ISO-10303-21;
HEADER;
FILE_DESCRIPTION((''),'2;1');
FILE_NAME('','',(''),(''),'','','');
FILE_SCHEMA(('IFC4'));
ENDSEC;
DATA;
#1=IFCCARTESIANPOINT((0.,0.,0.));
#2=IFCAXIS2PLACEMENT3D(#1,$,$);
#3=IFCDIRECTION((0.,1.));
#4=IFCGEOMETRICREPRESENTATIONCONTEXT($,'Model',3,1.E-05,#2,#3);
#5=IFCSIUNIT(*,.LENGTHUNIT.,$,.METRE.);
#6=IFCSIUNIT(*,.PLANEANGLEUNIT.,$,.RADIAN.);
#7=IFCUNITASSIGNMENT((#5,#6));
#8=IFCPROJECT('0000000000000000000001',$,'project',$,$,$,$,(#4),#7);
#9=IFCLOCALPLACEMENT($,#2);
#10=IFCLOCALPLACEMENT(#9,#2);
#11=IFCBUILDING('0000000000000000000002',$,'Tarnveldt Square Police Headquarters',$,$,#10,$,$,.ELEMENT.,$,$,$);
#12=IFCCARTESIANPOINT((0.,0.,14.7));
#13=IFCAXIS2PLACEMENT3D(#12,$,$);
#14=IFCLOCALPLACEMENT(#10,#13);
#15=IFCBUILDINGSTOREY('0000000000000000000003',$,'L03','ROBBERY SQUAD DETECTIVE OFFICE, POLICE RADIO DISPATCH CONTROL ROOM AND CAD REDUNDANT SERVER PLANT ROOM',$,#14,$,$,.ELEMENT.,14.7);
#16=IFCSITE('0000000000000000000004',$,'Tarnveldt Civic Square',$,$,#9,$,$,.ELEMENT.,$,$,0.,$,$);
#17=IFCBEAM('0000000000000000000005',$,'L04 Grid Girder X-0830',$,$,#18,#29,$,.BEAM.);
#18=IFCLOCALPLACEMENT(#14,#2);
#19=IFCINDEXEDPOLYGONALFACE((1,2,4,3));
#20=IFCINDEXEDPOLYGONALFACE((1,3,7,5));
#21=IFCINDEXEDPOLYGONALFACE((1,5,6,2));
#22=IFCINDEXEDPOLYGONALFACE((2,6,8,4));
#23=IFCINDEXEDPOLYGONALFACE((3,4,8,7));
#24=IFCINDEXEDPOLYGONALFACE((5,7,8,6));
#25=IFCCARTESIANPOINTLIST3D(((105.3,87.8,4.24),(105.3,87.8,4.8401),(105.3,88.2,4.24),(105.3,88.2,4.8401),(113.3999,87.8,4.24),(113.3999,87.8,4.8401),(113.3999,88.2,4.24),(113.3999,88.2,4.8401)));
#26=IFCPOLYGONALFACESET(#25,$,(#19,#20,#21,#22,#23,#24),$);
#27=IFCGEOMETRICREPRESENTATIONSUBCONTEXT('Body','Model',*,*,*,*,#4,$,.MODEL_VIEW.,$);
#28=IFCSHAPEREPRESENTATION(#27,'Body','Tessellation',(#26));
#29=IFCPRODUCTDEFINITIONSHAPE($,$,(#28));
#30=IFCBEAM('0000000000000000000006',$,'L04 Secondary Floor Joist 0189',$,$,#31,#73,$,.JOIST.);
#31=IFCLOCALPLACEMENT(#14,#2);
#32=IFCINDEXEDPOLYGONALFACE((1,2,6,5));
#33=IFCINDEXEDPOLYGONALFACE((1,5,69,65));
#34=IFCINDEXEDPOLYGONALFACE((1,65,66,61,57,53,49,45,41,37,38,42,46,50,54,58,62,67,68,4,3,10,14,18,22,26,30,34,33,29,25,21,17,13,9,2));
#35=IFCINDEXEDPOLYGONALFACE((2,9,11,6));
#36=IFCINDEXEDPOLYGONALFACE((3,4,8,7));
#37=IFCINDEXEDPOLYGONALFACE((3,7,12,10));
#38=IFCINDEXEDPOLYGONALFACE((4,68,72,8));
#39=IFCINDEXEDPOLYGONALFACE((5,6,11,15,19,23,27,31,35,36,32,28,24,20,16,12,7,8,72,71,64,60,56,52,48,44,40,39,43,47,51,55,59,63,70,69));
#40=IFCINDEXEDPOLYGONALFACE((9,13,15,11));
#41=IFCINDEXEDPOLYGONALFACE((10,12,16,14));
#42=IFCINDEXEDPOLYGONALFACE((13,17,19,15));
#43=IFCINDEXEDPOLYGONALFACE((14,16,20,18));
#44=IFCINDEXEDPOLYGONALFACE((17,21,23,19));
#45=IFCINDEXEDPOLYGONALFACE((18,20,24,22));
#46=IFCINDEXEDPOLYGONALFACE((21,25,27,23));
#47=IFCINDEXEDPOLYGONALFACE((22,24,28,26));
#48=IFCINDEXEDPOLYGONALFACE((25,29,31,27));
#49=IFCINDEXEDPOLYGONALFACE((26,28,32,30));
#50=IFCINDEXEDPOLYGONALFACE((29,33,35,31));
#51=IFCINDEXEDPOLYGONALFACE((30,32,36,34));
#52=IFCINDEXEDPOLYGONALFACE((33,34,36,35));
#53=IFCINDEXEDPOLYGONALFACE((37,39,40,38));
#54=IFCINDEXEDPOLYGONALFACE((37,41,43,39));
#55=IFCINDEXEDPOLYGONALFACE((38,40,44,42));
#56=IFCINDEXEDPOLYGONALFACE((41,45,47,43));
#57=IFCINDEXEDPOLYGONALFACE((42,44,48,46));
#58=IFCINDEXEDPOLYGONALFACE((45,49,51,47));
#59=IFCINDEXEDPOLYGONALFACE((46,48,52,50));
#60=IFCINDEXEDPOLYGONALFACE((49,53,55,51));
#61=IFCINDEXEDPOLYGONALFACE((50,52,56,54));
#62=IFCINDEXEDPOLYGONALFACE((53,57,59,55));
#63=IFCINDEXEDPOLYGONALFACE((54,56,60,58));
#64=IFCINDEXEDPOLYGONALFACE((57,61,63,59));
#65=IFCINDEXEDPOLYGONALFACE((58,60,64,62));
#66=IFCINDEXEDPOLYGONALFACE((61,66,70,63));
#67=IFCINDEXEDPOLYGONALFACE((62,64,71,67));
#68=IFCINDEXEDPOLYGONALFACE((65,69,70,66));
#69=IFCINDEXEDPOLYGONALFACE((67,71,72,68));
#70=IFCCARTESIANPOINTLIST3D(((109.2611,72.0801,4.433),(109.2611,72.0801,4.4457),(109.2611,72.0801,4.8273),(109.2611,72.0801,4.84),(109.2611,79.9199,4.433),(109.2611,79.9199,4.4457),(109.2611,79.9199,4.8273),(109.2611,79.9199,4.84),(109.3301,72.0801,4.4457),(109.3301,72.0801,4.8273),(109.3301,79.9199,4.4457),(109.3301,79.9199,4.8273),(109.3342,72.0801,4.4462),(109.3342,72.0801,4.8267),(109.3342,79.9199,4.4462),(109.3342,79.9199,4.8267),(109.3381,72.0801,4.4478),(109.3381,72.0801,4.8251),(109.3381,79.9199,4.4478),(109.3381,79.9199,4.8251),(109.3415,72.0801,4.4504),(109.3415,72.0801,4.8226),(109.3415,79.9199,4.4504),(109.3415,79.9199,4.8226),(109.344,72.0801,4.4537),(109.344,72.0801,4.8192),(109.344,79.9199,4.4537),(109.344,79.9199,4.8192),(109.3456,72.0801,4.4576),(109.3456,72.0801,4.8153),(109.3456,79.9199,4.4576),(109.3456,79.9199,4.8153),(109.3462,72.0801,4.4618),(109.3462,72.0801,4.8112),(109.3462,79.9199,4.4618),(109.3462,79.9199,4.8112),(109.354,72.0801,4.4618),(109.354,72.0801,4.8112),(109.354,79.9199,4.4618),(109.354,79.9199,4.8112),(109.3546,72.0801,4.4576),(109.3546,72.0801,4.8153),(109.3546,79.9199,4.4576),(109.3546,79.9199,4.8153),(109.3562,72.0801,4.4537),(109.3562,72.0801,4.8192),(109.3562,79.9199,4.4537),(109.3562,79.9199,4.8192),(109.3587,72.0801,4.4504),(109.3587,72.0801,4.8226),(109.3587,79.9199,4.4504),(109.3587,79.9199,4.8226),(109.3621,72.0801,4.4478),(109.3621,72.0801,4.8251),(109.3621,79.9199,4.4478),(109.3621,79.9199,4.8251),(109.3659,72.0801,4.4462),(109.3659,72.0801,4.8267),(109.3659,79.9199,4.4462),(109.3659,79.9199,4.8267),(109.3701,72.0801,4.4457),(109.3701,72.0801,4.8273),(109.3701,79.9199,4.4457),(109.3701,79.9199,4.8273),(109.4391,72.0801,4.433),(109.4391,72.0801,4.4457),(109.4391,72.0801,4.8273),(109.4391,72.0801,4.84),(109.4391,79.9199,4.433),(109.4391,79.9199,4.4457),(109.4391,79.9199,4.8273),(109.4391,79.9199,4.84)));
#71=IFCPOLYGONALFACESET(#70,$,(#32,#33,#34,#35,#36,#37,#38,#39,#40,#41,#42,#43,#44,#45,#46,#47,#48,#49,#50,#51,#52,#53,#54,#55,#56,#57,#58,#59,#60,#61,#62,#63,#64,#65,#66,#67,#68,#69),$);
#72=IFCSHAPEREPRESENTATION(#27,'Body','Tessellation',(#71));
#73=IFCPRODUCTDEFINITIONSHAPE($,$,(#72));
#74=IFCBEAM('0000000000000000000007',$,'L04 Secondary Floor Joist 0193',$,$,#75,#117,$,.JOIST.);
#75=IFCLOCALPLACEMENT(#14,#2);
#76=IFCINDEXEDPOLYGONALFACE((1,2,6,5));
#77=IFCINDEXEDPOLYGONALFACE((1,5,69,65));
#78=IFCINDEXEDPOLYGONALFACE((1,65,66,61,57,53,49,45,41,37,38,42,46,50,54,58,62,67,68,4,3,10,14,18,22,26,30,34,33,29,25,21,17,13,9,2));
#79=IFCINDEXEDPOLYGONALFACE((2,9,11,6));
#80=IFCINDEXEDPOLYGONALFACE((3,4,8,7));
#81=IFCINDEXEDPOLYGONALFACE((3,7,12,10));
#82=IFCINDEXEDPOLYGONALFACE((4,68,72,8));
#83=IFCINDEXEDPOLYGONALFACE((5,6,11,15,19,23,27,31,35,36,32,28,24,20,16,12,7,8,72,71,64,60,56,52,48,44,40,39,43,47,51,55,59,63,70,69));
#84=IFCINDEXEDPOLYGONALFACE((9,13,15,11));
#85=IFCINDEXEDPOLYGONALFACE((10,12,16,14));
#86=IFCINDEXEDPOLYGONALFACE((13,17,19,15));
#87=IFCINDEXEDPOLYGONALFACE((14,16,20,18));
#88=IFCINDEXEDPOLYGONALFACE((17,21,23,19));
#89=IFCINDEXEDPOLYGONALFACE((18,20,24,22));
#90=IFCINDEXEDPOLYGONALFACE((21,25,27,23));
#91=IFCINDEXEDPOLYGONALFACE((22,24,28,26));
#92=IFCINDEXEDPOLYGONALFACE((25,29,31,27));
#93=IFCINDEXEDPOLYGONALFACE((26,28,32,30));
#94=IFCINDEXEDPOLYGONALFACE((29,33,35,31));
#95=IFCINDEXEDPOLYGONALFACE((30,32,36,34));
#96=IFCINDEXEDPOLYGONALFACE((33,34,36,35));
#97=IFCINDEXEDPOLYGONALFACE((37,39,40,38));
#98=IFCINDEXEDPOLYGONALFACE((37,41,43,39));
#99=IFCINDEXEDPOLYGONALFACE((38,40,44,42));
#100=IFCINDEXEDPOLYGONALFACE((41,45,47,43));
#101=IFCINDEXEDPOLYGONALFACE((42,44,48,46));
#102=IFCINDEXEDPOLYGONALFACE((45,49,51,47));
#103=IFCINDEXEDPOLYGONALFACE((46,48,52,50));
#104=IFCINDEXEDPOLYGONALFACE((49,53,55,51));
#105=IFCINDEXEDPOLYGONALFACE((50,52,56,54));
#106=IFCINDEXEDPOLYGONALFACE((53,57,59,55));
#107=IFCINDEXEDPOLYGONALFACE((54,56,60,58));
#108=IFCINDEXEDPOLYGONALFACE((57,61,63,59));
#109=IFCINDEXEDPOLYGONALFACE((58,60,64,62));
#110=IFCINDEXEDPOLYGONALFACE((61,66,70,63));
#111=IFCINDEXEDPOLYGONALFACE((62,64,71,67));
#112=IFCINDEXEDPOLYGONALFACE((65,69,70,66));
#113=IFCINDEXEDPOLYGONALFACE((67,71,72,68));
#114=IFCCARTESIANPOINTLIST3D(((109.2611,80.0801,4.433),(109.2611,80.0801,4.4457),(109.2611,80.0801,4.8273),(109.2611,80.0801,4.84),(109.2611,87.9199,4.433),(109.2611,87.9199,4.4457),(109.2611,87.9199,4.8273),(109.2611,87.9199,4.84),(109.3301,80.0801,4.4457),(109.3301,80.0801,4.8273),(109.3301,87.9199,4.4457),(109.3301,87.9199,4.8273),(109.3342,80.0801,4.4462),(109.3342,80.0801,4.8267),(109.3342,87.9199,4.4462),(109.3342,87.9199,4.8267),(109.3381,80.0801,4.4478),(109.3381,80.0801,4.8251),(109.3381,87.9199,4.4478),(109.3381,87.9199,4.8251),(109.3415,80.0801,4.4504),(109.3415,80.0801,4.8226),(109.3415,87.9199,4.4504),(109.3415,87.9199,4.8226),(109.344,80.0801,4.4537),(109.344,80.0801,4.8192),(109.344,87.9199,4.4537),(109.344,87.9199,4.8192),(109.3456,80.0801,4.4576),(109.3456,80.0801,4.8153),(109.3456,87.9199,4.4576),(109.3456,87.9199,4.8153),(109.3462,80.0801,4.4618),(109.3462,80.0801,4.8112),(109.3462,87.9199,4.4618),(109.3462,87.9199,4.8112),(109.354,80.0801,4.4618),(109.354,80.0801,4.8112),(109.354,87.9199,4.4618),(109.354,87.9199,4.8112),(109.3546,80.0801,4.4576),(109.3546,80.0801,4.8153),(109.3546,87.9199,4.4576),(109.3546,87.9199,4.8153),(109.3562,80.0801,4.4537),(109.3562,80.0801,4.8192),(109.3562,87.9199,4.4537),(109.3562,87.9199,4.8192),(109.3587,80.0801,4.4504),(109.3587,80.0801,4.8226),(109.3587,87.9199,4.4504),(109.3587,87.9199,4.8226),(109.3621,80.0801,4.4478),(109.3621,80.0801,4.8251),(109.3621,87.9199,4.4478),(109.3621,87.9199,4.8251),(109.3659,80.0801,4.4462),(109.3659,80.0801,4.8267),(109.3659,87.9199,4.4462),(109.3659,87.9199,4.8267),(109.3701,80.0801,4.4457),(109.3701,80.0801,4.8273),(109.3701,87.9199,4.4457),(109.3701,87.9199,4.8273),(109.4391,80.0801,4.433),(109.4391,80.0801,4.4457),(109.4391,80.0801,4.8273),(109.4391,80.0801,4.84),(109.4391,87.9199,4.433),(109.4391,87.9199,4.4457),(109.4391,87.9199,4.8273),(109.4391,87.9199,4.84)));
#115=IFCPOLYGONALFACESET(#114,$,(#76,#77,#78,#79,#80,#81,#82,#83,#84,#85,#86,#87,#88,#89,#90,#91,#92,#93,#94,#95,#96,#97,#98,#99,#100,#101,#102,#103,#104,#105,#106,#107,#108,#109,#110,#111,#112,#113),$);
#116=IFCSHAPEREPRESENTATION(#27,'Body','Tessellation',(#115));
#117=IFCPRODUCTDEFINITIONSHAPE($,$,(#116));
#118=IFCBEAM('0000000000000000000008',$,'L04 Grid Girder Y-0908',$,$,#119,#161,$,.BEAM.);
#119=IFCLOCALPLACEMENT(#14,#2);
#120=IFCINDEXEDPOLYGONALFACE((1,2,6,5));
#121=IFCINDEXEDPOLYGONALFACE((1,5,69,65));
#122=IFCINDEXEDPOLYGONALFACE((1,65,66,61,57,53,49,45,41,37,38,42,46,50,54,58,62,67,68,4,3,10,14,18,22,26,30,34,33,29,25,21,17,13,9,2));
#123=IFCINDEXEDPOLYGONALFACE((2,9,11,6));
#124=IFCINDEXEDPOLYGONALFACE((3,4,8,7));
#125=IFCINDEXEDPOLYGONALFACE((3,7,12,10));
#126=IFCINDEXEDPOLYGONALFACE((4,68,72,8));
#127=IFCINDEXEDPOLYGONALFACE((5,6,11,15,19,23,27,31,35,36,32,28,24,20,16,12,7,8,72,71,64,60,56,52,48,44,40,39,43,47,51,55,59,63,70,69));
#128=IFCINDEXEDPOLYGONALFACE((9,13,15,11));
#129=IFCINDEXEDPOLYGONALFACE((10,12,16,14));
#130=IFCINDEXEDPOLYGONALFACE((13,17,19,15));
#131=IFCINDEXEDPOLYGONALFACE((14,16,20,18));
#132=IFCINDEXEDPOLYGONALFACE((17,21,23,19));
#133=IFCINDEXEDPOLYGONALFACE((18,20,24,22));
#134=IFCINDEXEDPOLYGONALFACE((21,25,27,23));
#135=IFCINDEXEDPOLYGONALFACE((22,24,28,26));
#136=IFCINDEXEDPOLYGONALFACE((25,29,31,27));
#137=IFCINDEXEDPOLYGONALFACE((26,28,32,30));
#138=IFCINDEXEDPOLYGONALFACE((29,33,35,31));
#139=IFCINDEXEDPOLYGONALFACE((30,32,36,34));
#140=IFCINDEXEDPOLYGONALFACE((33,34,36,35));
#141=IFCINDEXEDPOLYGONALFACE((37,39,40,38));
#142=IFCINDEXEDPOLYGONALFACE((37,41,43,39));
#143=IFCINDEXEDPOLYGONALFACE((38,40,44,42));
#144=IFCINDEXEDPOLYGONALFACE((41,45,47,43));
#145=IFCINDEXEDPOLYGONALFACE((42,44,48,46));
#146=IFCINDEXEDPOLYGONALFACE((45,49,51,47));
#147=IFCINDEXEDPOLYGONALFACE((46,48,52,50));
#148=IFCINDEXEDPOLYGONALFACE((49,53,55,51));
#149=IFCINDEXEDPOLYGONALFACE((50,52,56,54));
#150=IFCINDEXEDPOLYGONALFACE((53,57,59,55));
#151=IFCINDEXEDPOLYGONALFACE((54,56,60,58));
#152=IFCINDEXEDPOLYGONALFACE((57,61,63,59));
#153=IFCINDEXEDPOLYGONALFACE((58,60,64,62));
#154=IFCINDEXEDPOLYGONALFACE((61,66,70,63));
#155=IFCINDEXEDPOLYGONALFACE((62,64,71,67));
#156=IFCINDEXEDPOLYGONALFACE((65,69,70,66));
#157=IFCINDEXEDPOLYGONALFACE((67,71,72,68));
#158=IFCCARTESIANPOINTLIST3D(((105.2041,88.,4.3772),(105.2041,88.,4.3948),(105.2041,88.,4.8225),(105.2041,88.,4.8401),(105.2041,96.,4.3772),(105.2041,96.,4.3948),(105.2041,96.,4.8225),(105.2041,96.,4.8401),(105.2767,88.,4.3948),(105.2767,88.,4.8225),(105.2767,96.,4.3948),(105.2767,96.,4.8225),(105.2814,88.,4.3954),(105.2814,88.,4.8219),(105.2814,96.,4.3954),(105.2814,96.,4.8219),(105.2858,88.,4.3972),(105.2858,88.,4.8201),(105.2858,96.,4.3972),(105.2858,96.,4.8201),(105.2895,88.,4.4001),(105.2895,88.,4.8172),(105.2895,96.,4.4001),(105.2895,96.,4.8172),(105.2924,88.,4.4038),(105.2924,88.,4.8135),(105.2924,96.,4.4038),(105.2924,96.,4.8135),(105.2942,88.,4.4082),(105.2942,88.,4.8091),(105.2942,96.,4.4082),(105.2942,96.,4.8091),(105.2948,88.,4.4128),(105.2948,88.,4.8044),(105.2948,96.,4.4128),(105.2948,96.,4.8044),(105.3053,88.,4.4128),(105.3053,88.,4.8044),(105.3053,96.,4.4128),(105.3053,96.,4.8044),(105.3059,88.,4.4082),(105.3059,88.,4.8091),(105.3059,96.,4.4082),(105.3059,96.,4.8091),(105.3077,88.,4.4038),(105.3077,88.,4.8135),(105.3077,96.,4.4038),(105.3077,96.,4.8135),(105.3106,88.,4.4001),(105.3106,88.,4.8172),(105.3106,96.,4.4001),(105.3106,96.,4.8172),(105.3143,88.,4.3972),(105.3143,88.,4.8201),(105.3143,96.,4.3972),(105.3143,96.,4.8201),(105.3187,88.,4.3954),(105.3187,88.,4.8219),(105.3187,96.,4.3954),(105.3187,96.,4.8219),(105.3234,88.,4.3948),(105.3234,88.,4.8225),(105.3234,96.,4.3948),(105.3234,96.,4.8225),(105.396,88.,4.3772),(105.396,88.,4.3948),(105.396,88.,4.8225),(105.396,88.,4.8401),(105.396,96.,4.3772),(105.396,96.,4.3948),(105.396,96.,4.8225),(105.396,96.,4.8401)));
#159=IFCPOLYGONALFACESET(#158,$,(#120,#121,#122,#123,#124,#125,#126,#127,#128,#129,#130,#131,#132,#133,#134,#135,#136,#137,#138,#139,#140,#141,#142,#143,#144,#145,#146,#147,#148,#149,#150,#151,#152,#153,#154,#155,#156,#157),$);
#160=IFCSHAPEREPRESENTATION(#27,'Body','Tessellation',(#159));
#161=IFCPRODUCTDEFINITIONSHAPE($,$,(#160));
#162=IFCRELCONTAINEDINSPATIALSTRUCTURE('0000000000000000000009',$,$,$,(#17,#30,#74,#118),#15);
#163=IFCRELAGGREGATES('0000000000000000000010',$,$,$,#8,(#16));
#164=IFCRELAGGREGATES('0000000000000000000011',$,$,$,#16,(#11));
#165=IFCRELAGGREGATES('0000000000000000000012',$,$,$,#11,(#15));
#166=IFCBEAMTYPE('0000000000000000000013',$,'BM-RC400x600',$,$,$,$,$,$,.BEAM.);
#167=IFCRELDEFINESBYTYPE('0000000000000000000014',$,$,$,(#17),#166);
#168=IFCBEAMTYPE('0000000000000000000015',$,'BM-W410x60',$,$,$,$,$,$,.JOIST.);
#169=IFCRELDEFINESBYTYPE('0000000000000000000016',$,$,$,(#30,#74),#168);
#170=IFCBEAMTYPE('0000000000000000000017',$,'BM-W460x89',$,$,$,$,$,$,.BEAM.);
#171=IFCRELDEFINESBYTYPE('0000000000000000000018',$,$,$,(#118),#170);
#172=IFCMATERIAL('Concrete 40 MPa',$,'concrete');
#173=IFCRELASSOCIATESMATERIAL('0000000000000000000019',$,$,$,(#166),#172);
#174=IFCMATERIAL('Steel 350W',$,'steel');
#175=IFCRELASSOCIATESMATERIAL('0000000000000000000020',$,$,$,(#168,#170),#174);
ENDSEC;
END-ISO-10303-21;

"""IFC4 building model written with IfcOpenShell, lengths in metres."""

from ifc_helpers import new_model, si_unit, direction, frame, origin, origin_2d, place, context, subcontext, project, spatial, rectangle, i_section, extrude, material, material_profile, profile_set, type_object, element, save


model = new_model("IFC4")

# Units and contexts
model_context = context("Model", 3, precision=1e-05, world=origin(), true_north=direction((0.0, 1.0)))
body_context = subcontext(model_context, "Body", "Model", "MODEL_VIEW")
ifc_project = project(units=[si_unit("LENGTHUNIT", "METRE"), si_unit("PLANEANGLEUNIT", "RADIAN")], contexts=[model_context])

# Site, building, storey
site_placement = place(None, origin())
site = spatial("IfcSite", under=ifc_project, at=site_placement, Name="Tarnveldt Civic Square", CompositionType="ELEMENT", RefElevation=0.0)
building_placement = place(site_placement, origin())
building = spatial("IfcBuilding", under=site, at=building_placement, Name="Tarnveldt Square Police Headquarters", CompositionType="ELEMENT")
storey_placement = place(building_placement, frame((0.0, 0.0, 14.7)))
storey = spatial("IfcBuildingStorey", under=building, at=storey_placement, Name="L03", Description="ROBBERY SQUAD DETECTIVE OFFICE, POLICE RADIO DISPATCH CONTROL ROOM AND CAD REDUNDANT SERVER PLANT ROOM", CompositionType="ELEMENT", Elevation=14.7)

# Shared definitions
ifc_material_1 = material(Name="Concrete 40 MPa", Category="concrete")
ifc_material_2 = material(Name="Steel 350W", Category="steel")

# Beams
ifc_material_profile_1 = material_profile(ifc_material_1, rectangle(XDim=0.3999, YDim=0.6001, at=origin_2d()), Name="RC-B400x600")
ifc_profile_set_1 = profile_set([ifc_material_profile_1], Name="Concrete 40 MPa")
beam_type_1 = type_object("IfcBeamType", Name="BM-RC400x600", PredefinedType="BEAM", material=ifc_profile_set_1)
beam_1_placement = place(storey_placement, frame((105.3, 88.0, 4.54), z_axis=(1.0, 0.0, 0.0), x_axis=(0.0, 1.0, 0.0)))
element("IfcBeam", 1, at=beam_1_placement, inside=storey, type_object=beam_type_1, Name="L04 Grid Girder X-0830", PredefinedType="BEAM", context=body_context, shape_type="SweptSolid", body=[
    extrude(rectangle(XDim=0.3999, YDim=0.6001, at=origin_2d()), origin(), (0.0, 0.0, 1.0), 8.0999),
])
ifc_material_profile_2 = material_profile(ifc_material_2, i_section(OverallWidth=0.178, OverallDepth=0.407, WebThickness=0.0078, FlangeThickness=0.0127, FilletRadius=0.0161, at=origin_2d()), Name="W410x60")
ifc_profile_set_2 = profile_set([ifc_material_profile_2], Name="Steel 350W")
beam_type_2 = type_object("IfcBeamType", Name="BM-W410x60", PredefinedType="JOIST", material=ifc_profile_set_2)
for number, where, z_axis, x_axis, name in (
    (2, (109.3501, 72.0801, 4.6365), (0.0, 1.0, 0.0), (-1.0, 0.0, 0.0), "L04 Secondary Floor Joist 0189"),
    (3, (109.3501, 80.0801, 4.6365), (0.0, 1.0, 0.0), (-1.0, 0.0, 0.0), "L04 Secondary Floor Joist 0193"),
):
    element("IfcBeam", number, at=place(storey_placement, frame(where, z_axis=z_axis, x_axis=x_axis)), inside=storey, type_object=beam_type_2, Name=name, PredefinedType="JOIST", context=body_context, shape_type="SweptSolid", body=[
        extrude(i_section(OverallWidth=0.178, OverallDepth=0.407, WebThickness=0.0078, FlangeThickness=0.0127, FilletRadius=0.0161, at=origin_2d()), origin(), (0.0, 0.0, 1.0), 7.8398),
    ])
ifc_material_profile_3 = material_profile(ifc_material_2, i_section(OverallWidth=0.1919, OverallDepth=0.4629, WebThickness=0.0105, FlangeThickness=0.0176, FilletRadius=0.0181, at=origin_2d()), Name="W460x89")
ifc_profile_set_3 = profile_set([ifc_material_profile_3], Name="Steel 350W")
beam_type_3 = type_object("IfcBeamType", Name="BM-W460x89", PredefinedType="BEAM", material=ifc_profile_set_3)
for number, where, z_axis, x_axis, name in (
    (4, (105.3, 88.0, 4.6086), (0.0, 1.0, 0.0), (-1.0, 0.0, 0.0), "L04 Grid Girder Y-0908"),
):
    element("IfcBeam", number, at=place(storey_placement, frame(where, z_axis=z_axis, x_axis=x_axis)), inside=storey, type_object=beam_type_3, Name=name, PredefinedType="BEAM", context=body_context, shape_type="SweptSolid", body=[
        extrude(i_section(OverallWidth=0.1919, OverallDepth=0.4629, WebThickness=0.0105, FlangeThickness=0.0176, FilletRadius=0.0181, at=origin_2d()), origin(), (0.0, 0.0, 1.0), 8.0),
    ])

save(model, "model.ifc")
